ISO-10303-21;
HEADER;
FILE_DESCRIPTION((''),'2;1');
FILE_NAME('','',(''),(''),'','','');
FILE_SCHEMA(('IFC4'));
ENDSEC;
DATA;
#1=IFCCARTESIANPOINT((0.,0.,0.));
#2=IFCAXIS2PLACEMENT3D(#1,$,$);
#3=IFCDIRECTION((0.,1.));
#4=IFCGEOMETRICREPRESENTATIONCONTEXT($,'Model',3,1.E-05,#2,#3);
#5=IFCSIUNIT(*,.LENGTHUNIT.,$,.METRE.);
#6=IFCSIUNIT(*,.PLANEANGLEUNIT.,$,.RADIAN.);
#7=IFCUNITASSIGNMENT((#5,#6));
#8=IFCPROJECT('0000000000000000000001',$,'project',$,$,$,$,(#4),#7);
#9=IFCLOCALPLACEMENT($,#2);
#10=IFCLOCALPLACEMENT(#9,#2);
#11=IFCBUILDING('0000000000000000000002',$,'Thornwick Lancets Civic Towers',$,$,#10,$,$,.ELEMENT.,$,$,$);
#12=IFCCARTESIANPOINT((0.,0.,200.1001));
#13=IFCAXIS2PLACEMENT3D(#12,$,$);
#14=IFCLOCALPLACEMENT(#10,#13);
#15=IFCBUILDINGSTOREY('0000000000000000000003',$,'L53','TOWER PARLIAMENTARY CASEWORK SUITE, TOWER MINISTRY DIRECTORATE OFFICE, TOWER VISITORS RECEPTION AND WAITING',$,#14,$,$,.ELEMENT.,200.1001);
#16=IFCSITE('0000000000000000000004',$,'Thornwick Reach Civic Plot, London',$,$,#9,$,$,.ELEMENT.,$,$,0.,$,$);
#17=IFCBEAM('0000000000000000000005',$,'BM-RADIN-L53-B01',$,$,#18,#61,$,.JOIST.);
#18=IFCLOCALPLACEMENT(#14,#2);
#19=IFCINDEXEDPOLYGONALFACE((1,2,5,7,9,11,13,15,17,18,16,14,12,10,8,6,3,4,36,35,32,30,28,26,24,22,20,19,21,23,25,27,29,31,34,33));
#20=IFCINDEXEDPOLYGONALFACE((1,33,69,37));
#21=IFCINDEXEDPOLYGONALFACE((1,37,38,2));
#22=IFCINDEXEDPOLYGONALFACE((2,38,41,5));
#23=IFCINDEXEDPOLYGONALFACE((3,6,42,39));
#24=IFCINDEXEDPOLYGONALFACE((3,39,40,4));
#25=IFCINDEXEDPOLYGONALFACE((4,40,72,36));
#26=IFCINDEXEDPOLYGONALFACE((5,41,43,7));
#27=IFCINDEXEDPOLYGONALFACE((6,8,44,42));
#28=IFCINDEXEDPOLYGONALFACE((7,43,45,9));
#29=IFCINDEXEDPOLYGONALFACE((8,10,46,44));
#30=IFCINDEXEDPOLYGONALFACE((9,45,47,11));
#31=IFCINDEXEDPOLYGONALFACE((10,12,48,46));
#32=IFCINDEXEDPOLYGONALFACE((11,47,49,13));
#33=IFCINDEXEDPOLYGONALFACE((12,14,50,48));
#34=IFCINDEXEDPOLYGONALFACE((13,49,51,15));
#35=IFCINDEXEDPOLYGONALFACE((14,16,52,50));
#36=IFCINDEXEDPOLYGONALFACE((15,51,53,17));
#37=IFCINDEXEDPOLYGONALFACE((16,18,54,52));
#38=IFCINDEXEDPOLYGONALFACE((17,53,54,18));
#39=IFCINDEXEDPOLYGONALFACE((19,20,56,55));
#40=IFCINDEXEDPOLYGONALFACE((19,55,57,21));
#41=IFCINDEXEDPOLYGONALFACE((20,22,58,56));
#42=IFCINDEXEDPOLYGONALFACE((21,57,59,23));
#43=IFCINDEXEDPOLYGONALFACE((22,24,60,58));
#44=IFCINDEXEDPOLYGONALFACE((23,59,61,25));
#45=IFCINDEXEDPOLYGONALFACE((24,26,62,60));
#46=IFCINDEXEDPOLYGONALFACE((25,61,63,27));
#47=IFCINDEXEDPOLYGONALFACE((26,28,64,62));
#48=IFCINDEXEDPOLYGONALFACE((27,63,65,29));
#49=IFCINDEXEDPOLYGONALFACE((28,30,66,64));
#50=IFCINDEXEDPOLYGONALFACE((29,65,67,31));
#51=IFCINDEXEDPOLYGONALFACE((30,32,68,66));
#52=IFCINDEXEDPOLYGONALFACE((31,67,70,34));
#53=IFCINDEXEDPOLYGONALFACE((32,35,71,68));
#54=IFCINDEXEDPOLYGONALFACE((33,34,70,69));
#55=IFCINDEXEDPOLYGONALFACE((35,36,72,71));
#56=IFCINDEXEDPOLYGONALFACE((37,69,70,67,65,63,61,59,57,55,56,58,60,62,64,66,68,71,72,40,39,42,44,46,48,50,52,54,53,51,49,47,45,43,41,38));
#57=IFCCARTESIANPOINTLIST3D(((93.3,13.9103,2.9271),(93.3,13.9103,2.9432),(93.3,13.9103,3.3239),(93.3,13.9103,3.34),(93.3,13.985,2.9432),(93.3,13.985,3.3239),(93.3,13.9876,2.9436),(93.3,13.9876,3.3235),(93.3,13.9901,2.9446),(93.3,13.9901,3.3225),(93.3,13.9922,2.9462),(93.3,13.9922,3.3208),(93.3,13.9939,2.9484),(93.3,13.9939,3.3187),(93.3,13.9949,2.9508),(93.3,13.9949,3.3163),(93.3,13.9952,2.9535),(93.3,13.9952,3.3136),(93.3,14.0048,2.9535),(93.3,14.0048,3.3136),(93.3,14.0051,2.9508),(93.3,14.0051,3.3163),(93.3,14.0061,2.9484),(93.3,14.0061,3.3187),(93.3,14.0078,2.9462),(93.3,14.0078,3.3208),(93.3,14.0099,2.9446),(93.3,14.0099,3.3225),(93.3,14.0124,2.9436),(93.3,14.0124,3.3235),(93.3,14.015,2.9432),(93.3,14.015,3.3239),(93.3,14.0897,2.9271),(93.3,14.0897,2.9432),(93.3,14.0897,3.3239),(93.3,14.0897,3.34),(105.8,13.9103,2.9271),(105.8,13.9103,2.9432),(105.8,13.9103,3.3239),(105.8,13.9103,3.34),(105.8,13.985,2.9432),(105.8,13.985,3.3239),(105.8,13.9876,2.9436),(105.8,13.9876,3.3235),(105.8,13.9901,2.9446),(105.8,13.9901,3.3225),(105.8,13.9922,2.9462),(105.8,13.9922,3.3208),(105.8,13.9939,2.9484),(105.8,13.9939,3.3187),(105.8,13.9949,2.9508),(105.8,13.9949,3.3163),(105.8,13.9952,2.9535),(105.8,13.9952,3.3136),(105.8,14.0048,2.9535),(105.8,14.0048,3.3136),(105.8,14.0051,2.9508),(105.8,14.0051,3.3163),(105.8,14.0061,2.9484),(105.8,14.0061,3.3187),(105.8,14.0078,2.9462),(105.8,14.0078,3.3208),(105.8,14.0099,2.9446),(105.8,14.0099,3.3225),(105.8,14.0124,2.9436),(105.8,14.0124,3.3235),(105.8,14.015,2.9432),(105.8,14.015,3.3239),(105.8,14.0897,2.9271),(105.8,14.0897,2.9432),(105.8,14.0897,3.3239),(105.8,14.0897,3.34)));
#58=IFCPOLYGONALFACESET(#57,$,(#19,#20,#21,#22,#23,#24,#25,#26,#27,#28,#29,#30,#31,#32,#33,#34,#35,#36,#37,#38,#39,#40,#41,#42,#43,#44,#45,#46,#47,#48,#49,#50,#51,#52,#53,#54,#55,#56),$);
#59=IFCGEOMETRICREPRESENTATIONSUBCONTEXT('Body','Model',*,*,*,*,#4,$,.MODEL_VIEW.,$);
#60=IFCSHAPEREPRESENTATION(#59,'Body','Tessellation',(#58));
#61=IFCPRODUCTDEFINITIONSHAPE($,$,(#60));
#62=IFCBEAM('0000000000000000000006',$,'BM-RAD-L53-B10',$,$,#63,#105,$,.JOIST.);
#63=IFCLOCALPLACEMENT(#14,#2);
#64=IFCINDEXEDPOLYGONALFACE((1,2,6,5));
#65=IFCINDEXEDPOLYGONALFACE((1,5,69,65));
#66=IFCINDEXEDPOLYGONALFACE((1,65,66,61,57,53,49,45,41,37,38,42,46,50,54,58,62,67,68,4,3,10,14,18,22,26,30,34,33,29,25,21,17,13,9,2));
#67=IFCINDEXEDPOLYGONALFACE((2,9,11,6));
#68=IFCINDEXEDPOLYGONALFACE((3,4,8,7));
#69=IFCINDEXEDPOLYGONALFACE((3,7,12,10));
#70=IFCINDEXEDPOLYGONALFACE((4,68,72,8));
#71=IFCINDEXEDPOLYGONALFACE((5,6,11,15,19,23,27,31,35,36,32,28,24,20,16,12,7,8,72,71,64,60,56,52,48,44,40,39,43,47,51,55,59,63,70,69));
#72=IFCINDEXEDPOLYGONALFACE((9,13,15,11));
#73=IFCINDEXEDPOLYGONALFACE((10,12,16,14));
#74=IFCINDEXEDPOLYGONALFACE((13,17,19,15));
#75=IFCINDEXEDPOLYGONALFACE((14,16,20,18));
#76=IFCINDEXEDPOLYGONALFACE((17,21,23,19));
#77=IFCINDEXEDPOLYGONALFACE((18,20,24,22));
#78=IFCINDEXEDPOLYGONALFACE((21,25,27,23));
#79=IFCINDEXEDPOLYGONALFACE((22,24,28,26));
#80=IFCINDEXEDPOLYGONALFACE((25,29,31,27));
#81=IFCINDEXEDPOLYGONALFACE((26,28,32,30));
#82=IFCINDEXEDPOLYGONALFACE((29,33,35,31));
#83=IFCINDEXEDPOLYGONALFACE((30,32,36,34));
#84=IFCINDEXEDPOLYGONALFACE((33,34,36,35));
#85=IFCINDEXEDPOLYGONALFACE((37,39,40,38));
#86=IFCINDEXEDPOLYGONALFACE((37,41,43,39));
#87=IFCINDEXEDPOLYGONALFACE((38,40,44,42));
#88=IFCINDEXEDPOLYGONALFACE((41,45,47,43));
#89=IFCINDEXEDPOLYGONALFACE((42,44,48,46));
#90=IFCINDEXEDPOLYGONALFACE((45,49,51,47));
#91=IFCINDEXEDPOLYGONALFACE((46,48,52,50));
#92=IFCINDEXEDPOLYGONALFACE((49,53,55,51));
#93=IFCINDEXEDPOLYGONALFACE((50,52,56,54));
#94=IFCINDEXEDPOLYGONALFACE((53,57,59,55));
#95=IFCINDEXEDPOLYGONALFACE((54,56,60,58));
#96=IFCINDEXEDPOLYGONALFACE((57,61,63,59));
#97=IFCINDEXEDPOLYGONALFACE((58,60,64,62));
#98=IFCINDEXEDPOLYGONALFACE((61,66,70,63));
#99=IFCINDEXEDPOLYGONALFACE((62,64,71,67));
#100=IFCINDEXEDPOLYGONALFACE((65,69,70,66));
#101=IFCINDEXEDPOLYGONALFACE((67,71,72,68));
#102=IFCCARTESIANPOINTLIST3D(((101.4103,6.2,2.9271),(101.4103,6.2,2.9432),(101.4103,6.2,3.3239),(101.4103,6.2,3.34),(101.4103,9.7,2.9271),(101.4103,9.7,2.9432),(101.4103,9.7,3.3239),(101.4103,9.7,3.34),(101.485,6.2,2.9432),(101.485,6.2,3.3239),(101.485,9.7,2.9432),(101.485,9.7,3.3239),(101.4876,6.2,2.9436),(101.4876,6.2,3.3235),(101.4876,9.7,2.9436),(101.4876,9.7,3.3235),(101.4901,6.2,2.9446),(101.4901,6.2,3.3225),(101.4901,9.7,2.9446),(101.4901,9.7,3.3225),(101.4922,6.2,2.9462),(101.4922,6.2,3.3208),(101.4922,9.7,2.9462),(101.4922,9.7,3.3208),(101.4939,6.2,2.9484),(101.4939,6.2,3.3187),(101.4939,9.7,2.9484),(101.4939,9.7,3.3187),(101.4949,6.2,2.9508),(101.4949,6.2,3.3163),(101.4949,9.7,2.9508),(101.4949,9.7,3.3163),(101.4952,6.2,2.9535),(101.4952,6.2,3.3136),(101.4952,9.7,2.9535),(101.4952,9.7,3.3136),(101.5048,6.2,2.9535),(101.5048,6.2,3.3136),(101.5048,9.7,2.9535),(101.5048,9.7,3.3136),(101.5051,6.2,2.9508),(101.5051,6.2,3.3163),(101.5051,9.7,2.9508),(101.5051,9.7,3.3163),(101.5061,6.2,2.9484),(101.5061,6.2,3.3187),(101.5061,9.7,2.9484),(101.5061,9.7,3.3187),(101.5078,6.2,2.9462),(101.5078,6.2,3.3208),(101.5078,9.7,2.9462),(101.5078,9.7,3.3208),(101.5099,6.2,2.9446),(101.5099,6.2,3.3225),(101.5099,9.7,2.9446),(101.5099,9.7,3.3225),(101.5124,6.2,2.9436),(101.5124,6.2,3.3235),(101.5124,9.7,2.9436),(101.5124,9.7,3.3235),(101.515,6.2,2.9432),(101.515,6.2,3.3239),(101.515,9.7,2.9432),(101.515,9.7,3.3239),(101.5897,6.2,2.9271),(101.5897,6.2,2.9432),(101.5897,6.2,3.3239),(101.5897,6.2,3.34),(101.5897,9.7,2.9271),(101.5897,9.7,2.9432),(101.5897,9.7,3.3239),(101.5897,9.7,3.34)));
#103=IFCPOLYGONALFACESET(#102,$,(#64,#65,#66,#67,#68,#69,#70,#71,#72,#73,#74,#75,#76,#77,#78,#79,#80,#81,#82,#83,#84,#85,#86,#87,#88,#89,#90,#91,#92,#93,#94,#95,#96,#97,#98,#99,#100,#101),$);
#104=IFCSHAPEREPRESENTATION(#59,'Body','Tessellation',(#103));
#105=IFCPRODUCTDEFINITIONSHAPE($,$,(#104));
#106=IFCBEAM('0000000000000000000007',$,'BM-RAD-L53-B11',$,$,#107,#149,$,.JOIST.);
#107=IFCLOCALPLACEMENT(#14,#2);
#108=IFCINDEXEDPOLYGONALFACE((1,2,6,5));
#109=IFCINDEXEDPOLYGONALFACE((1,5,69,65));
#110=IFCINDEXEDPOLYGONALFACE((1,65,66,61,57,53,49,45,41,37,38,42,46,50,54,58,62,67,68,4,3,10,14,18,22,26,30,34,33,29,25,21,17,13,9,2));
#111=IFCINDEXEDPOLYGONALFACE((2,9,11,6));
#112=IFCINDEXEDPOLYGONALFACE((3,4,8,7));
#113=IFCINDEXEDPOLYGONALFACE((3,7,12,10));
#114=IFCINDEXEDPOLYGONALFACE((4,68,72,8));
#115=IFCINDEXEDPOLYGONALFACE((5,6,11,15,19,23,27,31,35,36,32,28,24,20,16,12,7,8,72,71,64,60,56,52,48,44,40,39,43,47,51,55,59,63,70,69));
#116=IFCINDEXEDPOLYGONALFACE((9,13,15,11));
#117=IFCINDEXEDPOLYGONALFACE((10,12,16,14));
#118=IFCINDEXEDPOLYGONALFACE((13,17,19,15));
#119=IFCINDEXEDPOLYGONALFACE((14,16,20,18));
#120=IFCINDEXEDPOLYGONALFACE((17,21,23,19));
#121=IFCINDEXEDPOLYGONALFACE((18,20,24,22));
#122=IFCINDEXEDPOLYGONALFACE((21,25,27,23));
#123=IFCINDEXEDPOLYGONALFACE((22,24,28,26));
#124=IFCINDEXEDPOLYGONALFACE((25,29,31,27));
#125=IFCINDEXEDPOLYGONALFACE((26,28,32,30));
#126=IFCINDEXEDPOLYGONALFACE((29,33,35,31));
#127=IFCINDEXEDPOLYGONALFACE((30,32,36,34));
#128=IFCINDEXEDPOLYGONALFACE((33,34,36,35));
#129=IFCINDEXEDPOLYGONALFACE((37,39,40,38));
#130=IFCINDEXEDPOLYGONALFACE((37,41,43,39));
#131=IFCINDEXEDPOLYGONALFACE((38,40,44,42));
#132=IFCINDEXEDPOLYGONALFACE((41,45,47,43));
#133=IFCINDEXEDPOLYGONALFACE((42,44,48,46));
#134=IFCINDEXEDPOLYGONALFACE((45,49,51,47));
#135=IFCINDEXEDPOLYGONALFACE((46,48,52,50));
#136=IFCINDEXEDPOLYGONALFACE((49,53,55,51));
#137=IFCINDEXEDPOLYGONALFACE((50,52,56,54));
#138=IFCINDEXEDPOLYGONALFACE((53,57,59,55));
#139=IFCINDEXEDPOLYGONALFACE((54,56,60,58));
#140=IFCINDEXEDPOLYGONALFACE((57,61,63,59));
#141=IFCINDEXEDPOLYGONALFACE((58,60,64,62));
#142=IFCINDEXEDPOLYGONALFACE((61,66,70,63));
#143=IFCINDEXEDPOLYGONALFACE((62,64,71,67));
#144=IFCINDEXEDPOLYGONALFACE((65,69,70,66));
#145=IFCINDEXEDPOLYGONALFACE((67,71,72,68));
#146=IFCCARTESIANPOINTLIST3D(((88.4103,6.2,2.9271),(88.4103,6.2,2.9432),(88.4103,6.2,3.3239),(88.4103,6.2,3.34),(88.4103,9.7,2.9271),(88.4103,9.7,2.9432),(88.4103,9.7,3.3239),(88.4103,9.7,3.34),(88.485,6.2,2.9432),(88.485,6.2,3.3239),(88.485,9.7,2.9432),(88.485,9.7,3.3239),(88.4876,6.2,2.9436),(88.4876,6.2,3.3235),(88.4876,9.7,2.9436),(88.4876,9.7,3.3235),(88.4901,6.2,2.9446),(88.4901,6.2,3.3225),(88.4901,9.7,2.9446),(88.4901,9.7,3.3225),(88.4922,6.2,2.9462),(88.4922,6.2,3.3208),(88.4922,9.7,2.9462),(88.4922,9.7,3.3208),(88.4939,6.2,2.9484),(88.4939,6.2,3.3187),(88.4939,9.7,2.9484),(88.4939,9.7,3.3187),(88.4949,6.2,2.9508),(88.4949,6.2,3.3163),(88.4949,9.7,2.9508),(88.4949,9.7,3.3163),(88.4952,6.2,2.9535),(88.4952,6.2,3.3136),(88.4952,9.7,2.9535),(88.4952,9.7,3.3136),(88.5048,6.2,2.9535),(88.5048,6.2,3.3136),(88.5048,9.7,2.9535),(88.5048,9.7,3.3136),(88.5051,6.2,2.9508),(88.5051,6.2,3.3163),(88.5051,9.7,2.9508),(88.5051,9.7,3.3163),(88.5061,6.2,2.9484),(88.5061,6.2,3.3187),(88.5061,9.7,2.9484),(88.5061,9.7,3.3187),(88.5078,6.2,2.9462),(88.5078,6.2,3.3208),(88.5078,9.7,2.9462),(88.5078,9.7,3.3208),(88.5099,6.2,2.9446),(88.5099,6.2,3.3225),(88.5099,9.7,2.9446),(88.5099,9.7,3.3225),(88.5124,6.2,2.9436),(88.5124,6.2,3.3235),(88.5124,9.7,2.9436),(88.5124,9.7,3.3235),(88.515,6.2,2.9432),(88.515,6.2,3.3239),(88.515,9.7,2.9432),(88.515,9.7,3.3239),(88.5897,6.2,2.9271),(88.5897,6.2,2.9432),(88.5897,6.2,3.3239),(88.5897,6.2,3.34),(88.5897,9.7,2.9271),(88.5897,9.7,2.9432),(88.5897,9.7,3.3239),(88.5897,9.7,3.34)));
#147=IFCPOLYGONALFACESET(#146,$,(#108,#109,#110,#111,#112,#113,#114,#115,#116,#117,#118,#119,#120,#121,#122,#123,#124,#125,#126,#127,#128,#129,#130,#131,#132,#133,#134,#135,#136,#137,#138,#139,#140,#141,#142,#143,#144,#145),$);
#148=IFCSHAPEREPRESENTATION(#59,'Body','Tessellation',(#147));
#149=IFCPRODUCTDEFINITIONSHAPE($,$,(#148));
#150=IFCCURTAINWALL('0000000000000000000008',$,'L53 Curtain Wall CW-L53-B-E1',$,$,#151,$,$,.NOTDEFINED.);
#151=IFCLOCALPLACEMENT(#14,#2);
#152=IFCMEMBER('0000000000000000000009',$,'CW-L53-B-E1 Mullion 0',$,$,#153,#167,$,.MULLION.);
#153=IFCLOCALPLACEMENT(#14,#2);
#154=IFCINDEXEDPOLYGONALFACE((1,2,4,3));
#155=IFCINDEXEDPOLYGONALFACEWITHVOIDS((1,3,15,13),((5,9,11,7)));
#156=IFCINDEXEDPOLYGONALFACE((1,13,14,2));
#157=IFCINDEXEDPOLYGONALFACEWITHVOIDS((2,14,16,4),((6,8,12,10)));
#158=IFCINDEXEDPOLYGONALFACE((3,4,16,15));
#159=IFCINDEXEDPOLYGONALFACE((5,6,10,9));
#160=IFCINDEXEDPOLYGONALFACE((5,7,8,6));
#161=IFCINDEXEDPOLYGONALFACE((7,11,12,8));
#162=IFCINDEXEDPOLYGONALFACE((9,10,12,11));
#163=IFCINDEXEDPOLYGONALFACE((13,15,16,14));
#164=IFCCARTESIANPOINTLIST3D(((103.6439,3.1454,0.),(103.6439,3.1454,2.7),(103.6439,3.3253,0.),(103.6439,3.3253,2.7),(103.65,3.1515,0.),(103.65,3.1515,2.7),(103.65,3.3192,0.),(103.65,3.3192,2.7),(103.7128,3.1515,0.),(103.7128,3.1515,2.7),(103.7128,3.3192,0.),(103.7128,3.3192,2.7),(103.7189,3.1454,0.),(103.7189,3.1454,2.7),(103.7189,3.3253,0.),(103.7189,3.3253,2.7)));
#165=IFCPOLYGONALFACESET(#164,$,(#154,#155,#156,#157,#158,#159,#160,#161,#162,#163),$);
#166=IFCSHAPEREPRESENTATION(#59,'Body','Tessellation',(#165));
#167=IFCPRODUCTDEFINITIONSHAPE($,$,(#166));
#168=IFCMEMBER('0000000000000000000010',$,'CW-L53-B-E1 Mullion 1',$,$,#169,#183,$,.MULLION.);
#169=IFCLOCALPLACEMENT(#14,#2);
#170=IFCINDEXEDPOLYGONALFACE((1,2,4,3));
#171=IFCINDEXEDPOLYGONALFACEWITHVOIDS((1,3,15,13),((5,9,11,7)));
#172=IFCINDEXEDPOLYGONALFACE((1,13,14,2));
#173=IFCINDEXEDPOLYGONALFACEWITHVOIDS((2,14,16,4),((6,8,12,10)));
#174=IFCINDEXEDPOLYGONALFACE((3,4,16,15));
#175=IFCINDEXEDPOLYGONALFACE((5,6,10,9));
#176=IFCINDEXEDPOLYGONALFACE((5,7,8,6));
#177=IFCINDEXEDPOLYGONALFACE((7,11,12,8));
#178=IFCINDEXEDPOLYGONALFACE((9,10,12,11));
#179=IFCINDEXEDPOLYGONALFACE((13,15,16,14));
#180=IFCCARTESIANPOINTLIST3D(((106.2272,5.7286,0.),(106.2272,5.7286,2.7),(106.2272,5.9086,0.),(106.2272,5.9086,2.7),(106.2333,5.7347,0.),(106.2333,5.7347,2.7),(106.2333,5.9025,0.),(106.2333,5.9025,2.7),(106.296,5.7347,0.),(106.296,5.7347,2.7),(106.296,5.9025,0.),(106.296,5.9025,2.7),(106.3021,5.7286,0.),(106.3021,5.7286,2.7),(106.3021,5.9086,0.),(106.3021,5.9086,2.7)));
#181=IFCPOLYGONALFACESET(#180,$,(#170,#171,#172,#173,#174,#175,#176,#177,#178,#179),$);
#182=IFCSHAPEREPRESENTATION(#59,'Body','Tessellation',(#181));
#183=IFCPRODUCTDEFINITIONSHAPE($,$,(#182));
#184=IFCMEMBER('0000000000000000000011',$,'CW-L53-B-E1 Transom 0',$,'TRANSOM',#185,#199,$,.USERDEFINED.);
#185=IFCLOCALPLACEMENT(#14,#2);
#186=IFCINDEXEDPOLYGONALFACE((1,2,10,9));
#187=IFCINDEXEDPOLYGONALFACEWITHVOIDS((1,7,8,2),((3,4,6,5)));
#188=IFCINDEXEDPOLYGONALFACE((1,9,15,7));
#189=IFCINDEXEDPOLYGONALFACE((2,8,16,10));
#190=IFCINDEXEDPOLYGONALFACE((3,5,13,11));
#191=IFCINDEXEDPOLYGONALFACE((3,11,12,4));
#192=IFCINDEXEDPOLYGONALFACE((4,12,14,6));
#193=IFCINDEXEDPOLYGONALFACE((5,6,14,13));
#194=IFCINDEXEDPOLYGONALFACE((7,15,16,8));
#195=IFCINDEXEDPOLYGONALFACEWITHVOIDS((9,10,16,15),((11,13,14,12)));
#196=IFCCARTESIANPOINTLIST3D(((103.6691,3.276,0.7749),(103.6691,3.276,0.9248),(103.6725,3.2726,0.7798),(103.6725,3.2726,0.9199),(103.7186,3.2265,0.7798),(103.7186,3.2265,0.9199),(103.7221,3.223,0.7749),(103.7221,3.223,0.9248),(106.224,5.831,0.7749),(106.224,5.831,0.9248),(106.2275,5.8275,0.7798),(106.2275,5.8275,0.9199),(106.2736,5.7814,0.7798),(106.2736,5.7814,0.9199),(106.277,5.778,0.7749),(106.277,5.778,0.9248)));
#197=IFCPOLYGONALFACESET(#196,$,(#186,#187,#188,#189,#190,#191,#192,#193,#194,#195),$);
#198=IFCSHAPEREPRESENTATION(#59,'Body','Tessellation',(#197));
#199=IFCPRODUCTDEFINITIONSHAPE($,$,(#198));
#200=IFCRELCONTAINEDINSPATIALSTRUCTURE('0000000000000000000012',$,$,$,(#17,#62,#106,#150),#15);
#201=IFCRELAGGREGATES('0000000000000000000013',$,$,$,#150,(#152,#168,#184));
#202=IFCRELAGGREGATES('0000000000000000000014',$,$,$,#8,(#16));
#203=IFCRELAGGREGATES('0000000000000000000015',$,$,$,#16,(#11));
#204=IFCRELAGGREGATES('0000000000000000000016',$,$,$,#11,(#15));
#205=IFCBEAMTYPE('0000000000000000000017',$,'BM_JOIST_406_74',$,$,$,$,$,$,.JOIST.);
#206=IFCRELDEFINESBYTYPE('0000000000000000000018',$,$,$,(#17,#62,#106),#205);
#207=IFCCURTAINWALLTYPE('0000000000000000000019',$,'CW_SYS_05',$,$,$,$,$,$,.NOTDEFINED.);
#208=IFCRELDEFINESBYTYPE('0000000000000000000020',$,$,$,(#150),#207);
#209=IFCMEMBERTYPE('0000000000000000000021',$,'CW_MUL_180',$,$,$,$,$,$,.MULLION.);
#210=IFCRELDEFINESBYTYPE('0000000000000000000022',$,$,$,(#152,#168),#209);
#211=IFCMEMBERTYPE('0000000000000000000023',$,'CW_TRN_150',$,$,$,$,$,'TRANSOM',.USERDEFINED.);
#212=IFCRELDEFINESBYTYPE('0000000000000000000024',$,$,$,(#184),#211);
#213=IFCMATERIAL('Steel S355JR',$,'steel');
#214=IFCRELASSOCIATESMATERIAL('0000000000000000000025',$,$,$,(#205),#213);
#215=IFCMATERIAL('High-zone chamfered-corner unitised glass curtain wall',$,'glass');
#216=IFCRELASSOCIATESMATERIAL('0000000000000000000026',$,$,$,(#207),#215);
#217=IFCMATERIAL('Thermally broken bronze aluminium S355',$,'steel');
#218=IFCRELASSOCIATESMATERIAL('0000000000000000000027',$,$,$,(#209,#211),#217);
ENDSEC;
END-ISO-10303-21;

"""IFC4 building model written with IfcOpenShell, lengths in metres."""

from ifc_helpers import new_model, si_unit, direction, frame, origin, origin_2d, place, context, subcontext, project, spatial, hollow_rectangle, i_section, extrude, material, material_profile, profile_set, type_object, element, aggregate, save


model = new_model("IFC4")

# Units and contexts
model_context = context("Model", 3, precision=1e-05, world=origin(), true_north=direction((0.0, 1.0)))
body_context = subcontext(model_context, "Body", "Model", "MODEL_VIEW")
ifc_project = project(units=[si_unit("LENGTHUNIT", "METRE"), si_unit("PLANEANGLEUNIT", "RADIAN")], contexts=[model_context])

# Site, building, storey
site_placement = place(None, origin())
site = spatial("IfcSite", under=ifc_project, at=site_placement, Name="Thornwick Reach Civic Plot, London", CompositionType="ELEMENT", RefElevation=0.0)
building_placement = place(site_placement, origin())
building = spatial("IfcBuilding", under=site, at=building_placement, Name="Thornwick Lancets Civic Towers", CompositionType="ELEMENT")
storey_placement = place(building_placement, frame((0.0, 0.0, 200.1001)))
storey = spatial("IfcBuildingStorey", under=building, at=storey_placement, Name="L53", Description="TOWER PARLIAMENTARY CASEWORK SUITE, TOWER MINISTRY DIRECTORATE OFFICE, TOWER VISITORS RECEPTION AND WAITING", CompositionType="ELEMENT", Elevation=200.1001)

# Shared definitions
ifc_material_1 = material(Name="Steel S355JR", Category="steel")

# Beams
ifc_material_profile_1 = material_profile(ifc_material_1, i_section(OverallWidth=0.1794, OverallDepth=0.4128, WebThickness=0.0095, FlangeThickness=0.0161, FilletRadius=0.0103, at=origin_2d()), Name="UKB 406x178x74")
ifc_profile_set_1 = profile_set([ifc_material_profile_1], Name="Steel S355JR")
beam_type_1 = type_object("IfcBeamType", Name="BM_JOIST_406_74", PredefinedType="JOIST", material=ifc_profile_set_1)
beam_1_placement = place(storey_placement, frame((93.3, 14.0, 3.1335), z_axis=(1.0, 0.0, 0.0), x_axis=(0.0, 1.0, 0.0)))
element("IfcBeam", 1, at=beam_1_placement, inside=storey, type_object=beam_type_1, Name="BM-RADIN-L53-B01", PredefinedType="JOIST", context=body_context, shape_type="SweptSolid", body=[
    extrude(i_section(OverallWidth=0.1794, OverallDepth=0.4128, WebThickness=0.0095, FlangeThickness=0.0161, FilletRadius=0.0103, at=origin_2d()), origin(), (0.0, 0.0, 1.0), 12.5),
])
for number, where, z_axis, x_axis, name in (
    (2, (101.5, 9.7, 3.1335), (0.0, -1.0, 0.0), (1.0, 0.0, 0.0), "BM-RAD-L53-B10"),
    (3, (88.5, 9.7, 3.1335), (0.0, -1.0, 0.0), (1.0, 0.0, 0.0), "BM-RAD-L53-B11"),
):
    element("IfcBeam", number, at=place(storey_placement, frame(where, z_axis=z_axis, x_axis=x_axis)), inside=storey, type_object=beam_type_1, Name=name, PredefinedType="JOIST", context=body_context, shape_type="SweptSolid", body=[
        extrude(i_section(OverallWidth=0.1794, OverallDepth=0.4128, WebThickness=0.0095, FlangeThickness=0.0161, FilletRadius=0.0103, at=origin_2d()), origin(), (0.0, 0.0, 1.0), 3.5),
    ])

# Curtain wall, members
ifc_material_2 = material(Name="High-zone chamfered-corner unitised glass curtain wall", Category="glass")
curtain_wall_type = type_object("IfcCurtainWallType", Name="CW_SYS_05", PredefinedType="NOTDEFINED", material=ifc_material_2)
curtain_wall_placement = place(storey_placement, origin())
curtain_wall = element("IfcCurtainWall", 4, at=curtain_wall_placement, inside=storey, type_object=curtain_wall_type, Name="L53 Curtain Wall CW-L53-B-E1", PredefinedType="NOTDEFINED")
ifc_material_3 = material(Name="Thermally broken bronze aluminium S355", Category="steel")
ifc_material_profile_2 = material_profile(ifc_material_3, hollow_rectangle(XDim=0.075, YDim=0.1799, WallThickness=0.0061, at=origin_2d()), Name="RHS 180x75x6")
ifc_profile_set_2 = profile_set([ifc_material_profile_2], Name="Thermally broken bronze aluminium S355")
member_type_1 = type_object("IfcMemberType", Name="CW_MUL_180", PredefinedType="MULLION", material=ifc_profile_set_2)
member_1_placement = place(storey_placement, frame((103.6814, 3.2354, 0.0), z_axis=(0.0, 0.0, 1.0), x_axis=(1.0, 0.0, 0.0)))
member_1 = element("IfcMember", 5, at=member_1_placement, type_object=member_type_1, Name="CW-L53-B-E1 Mullion 0", PredefinedType="MULLION", context=body_context, shape_type="SweptSolid", body=[
    extrude(hollow_rectangle(XDim=0.075, YDim=0.1799, WallThickness=0.0061, at=origin_2d()), origin(), (0.0, 0.0, 1.0), 2.7),
])
member_2_placement = place(storey_placement, frame((106.2646, 5.8186, 0.0), z_axis=(0.0, 0.0, 1.0), x_axis=(1.0, 0.0, 0.0)))
member_2 = element("IfcMember", 6, at=member_2_placement, type_object=member_type_1, Name="CW-L53-B-E1 Mullion 1", PredefinedType="MULLION", context=body_context, shape_type="SweptSolid", body=[
    extrude(hollow_rectangle(XDim=0.075, YDim=0.1799, WallThickness=0.0061, at=origin_2d()), origin(), (0.0, 0.0, 1.0), 2.7),
])
ifc_material_profile_3 = material_profile(ifc_material_3, hollow_rectangle(XDim=0.075, YDim=0.1499, WallThickness=0.0049, at=origin_2d()), Name="RHS 150x75x5")
ifc_profile_set_3 = profile_set([ifc_material_profile_3], Name="Thermally broken bronze aluminium S355")
member_type_2 = type_object("IfcMemberType", Name="CW_TRN_150", ElementType="TRANSOM", PredefinedType="USERDEFINED", material=ifc_profile_set_3)
member_3_placement = place(storey_placement, frame((103.6956, 3.2495, 0.8499), z_axis=(0.707107, 0.707107, 0.0), x_axis=(-0.707107, 0.707107, 0.0)))
member_3 = element("IfcMember", 7, at=member_3_placement, type_object=member_type_2, Name="CW-L53-B-E1 Transom 0", ObjectType="TRANSOM", PredefinedType="USERDEFINED", context=body_context, shape_type="SweptSolid", body=[
    extrude(hollow_rectangle(XDim=0.075, YDim=0.1499, WallThickness=0.0049, at=origin_2d()), origin(), (0.0, 0.0, 1.0), 3.6133),
])
aggregate(curtain_wall, [member_1, member_2, member_3])

save(model, "model.ifc")
